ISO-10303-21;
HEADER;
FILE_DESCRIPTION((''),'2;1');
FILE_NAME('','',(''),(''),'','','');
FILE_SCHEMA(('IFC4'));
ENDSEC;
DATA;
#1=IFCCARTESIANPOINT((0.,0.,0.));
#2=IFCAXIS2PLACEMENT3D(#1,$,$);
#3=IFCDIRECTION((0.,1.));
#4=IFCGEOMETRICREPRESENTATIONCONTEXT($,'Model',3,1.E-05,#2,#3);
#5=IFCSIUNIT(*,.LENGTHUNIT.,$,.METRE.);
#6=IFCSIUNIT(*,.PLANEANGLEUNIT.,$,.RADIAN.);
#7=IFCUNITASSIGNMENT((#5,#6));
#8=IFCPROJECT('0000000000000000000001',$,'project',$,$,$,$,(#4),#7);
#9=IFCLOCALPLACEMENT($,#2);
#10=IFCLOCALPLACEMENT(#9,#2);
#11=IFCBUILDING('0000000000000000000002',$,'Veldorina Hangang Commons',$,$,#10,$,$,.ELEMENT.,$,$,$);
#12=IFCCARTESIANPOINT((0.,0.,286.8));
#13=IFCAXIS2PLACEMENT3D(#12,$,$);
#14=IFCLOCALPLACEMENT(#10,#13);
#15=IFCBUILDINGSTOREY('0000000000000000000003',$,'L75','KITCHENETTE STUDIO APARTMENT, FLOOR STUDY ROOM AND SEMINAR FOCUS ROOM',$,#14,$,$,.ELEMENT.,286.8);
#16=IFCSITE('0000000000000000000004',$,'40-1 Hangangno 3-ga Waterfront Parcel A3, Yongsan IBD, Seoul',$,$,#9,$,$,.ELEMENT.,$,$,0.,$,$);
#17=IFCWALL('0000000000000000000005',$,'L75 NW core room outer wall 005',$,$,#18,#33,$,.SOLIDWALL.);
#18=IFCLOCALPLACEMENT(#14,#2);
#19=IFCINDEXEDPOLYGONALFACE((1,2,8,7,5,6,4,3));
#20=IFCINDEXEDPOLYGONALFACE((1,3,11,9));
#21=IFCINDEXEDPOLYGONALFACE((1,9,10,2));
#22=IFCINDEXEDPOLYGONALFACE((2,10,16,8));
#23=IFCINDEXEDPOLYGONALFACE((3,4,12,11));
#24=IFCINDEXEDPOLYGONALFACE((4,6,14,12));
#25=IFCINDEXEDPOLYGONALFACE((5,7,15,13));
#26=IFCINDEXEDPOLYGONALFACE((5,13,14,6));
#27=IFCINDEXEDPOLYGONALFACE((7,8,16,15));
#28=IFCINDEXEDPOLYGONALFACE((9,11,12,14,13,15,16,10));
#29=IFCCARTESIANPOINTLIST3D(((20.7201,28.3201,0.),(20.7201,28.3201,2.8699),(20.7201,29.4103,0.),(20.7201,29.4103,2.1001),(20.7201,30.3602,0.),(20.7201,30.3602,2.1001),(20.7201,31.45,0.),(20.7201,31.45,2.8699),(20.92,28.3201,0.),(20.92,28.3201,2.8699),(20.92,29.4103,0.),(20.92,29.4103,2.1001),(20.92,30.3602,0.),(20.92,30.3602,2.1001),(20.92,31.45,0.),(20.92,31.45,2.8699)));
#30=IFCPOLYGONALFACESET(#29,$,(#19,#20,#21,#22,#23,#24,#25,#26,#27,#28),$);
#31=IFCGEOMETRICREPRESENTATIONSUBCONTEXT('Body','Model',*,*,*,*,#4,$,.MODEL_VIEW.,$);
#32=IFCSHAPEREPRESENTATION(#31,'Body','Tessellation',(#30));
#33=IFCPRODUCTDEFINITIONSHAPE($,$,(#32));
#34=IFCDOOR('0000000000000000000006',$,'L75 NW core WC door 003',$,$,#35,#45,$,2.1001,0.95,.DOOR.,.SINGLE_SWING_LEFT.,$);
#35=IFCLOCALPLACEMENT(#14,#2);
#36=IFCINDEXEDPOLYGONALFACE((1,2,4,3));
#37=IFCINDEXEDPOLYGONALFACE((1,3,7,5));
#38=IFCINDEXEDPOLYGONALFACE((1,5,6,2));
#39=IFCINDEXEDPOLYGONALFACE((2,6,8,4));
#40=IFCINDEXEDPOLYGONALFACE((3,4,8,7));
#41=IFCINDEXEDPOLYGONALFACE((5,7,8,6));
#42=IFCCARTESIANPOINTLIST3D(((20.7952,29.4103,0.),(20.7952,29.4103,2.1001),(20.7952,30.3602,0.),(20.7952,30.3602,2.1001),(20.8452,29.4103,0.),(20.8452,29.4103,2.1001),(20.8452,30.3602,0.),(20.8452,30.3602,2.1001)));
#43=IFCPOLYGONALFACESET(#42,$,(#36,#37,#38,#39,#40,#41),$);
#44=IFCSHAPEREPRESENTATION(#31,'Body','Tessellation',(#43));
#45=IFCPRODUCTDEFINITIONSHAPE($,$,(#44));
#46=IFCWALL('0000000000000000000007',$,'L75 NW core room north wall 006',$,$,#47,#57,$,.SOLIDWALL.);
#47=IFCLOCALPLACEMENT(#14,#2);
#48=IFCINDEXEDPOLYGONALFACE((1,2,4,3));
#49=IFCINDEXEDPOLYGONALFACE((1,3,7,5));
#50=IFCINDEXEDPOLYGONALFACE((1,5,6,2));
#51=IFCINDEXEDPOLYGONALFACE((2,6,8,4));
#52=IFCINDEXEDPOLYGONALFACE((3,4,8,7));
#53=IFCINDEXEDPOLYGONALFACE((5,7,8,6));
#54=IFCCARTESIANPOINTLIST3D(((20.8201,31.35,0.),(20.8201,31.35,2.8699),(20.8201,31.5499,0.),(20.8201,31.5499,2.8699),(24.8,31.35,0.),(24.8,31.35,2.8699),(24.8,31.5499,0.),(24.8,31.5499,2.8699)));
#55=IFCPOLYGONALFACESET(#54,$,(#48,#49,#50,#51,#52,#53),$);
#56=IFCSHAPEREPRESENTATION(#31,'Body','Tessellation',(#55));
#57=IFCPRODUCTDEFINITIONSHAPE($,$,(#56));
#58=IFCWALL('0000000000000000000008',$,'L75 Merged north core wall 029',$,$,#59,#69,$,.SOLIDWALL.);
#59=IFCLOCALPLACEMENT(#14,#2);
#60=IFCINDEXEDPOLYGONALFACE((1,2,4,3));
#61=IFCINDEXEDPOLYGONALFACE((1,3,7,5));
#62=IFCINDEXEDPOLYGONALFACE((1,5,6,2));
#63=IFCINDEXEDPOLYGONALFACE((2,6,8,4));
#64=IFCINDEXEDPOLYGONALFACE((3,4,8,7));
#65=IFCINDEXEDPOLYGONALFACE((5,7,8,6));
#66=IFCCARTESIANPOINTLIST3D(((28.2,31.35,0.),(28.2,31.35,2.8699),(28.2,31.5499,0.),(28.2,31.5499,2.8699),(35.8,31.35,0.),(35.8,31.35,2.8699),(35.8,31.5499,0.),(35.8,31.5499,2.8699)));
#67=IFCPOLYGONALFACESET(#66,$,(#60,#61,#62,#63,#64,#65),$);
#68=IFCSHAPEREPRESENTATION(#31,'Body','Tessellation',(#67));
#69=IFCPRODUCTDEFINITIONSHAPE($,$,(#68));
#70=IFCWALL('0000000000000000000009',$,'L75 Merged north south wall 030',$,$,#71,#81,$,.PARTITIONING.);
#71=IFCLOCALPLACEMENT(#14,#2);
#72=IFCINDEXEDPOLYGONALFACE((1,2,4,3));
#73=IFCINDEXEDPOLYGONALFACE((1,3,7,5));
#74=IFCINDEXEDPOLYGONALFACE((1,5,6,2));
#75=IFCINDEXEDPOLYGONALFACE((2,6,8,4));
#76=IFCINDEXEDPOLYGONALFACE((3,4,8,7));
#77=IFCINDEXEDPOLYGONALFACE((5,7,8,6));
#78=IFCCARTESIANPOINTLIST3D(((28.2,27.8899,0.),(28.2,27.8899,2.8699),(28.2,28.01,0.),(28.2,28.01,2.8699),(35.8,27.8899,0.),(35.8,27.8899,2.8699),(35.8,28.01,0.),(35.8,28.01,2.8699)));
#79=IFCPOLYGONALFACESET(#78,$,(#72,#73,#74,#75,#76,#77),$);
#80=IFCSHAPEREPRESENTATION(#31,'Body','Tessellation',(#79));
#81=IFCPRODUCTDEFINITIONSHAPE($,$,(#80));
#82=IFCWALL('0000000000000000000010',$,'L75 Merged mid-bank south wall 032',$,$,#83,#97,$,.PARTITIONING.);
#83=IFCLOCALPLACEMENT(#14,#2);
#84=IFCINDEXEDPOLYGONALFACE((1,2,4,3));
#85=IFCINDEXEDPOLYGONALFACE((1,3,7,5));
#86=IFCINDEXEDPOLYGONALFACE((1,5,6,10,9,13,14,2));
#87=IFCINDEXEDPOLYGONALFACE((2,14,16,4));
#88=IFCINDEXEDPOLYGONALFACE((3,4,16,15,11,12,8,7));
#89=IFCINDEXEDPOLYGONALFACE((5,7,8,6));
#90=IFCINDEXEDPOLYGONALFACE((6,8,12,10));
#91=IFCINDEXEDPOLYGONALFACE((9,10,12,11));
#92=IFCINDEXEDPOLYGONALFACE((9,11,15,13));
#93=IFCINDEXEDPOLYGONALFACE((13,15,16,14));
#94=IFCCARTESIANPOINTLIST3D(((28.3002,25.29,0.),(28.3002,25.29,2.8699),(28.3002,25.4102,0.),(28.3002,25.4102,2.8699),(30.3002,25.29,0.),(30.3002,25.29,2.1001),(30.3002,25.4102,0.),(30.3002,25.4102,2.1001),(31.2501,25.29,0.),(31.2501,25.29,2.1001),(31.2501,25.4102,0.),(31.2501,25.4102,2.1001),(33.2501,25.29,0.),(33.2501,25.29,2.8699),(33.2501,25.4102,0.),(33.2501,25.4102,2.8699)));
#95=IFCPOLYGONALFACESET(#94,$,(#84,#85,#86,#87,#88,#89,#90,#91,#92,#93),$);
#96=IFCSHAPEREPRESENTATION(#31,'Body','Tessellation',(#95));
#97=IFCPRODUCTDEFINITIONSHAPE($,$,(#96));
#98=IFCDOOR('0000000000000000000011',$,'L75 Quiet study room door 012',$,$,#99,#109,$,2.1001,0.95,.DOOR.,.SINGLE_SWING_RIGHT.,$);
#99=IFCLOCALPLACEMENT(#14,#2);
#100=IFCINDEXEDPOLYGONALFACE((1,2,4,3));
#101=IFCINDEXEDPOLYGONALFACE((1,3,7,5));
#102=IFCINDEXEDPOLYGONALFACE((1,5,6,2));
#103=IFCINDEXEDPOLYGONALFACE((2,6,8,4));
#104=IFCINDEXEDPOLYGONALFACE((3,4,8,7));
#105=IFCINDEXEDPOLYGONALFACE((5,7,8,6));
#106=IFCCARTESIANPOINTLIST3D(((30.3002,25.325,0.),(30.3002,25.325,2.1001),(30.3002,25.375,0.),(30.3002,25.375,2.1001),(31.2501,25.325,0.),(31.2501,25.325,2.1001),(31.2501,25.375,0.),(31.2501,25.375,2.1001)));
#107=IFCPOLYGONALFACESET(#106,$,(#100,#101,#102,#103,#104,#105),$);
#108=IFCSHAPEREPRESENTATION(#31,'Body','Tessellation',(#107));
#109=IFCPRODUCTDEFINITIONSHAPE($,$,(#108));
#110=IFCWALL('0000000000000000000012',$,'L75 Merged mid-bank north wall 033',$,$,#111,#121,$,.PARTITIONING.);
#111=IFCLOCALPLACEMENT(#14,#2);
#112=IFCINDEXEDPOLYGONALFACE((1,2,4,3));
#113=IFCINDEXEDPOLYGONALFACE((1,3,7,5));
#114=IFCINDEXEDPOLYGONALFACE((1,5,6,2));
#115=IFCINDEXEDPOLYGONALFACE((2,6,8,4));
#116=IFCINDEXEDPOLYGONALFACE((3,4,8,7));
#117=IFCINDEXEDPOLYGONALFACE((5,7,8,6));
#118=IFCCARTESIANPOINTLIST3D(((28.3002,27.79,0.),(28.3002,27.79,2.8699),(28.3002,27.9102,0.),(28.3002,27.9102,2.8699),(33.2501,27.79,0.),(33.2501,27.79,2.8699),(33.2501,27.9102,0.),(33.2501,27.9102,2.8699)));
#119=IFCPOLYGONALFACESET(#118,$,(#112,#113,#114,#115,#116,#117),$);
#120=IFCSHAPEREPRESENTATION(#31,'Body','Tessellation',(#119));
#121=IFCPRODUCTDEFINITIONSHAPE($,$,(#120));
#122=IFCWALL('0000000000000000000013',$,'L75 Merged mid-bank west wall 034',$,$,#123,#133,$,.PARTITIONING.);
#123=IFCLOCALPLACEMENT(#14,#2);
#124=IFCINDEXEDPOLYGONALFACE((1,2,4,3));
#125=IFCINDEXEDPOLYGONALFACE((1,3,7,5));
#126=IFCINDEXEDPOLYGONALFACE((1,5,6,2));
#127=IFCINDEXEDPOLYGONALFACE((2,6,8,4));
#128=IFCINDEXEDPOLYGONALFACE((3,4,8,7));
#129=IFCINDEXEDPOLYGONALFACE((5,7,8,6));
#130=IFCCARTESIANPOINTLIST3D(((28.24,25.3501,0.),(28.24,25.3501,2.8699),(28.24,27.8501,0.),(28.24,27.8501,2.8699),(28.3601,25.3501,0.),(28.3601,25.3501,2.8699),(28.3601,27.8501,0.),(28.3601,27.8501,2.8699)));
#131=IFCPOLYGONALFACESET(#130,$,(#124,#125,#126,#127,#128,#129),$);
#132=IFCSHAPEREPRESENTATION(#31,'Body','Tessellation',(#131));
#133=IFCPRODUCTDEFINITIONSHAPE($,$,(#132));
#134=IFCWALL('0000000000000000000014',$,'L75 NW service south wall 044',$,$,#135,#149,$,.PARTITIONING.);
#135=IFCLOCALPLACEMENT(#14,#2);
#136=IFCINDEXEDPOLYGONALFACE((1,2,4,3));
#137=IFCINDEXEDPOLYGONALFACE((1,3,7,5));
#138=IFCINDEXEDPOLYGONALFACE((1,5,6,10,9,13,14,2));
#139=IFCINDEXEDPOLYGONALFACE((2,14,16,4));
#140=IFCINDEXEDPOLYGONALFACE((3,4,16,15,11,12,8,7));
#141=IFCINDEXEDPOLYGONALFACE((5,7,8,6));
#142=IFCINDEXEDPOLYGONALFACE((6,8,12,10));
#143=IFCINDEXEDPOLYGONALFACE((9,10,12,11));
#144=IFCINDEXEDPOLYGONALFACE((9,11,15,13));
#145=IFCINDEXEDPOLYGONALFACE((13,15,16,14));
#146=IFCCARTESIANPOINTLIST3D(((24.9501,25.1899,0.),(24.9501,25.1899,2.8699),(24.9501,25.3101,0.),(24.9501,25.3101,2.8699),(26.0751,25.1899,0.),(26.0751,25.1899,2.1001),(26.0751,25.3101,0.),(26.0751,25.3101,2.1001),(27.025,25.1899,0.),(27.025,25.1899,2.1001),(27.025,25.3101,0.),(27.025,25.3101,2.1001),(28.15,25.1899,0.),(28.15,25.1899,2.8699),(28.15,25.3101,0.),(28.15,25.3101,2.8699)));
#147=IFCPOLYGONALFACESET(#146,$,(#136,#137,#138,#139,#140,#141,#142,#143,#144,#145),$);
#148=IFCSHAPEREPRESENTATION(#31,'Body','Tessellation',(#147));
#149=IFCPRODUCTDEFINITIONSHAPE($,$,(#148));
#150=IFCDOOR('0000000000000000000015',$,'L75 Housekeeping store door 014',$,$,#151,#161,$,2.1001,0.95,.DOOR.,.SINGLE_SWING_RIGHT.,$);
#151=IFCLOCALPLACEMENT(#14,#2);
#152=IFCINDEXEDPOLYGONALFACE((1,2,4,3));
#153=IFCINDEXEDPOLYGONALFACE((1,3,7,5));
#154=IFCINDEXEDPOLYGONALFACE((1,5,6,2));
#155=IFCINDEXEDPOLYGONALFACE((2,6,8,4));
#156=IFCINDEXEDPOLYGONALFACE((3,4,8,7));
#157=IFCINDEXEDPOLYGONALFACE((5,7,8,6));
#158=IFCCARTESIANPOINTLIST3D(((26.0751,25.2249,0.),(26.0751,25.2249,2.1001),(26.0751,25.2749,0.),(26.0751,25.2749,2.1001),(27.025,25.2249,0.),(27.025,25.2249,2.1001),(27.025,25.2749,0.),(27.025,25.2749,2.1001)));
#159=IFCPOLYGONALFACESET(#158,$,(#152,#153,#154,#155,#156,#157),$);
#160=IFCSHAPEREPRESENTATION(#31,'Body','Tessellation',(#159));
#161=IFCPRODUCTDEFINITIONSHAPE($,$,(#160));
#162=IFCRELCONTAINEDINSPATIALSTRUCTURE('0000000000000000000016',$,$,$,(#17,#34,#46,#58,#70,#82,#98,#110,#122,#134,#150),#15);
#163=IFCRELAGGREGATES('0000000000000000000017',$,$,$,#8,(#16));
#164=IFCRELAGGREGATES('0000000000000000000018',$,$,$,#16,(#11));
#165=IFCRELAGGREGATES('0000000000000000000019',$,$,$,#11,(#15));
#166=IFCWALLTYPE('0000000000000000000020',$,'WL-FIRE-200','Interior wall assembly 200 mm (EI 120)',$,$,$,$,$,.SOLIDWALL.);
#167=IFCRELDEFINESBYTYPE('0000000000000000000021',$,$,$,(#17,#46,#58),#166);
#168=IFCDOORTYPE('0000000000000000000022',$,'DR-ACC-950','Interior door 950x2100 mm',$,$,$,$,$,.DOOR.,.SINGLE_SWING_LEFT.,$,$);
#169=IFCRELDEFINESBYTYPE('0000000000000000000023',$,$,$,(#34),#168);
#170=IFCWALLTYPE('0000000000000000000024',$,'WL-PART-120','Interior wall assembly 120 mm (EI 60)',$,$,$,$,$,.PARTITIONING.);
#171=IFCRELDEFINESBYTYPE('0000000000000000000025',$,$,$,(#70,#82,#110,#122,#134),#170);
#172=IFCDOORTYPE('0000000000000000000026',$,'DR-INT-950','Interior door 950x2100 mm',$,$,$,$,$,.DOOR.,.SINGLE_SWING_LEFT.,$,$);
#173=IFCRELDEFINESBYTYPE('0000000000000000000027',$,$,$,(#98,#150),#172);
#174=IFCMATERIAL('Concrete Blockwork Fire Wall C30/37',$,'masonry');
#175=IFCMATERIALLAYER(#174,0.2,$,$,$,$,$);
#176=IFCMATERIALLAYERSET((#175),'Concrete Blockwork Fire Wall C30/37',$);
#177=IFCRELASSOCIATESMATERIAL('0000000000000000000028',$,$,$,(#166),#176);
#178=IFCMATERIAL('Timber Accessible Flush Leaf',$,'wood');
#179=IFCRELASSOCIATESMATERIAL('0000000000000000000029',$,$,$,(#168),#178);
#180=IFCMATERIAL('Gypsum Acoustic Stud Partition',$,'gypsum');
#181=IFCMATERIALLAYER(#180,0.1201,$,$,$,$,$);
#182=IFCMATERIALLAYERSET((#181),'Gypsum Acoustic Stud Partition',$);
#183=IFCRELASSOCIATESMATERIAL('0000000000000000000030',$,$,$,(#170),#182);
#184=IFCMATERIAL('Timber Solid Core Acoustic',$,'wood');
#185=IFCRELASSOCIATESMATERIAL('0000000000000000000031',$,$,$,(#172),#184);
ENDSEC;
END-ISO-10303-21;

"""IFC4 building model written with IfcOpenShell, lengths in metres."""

from ifc_helpers import new_model, si_unit, direction, frame, frame_2d, origin, place, context, subcontext, project, spatial, rectangle, extrude, material, layer, layer_set, type_object, element, fill, save


model = new_model("IFC4")

# Units and contexts
model_context = context("Model", 3, precision=1e-05, world=origin(), true_north=direction((0.0, 1.0)))
body_context = subcontext(model_context, "Body", "Model", "MODEL_VIEW")
ifc_project = project(units=[si_unit("LENGTHUNIT", "METRE"), si_unit("PLANEANGLEUNIT", "RADIAN")], contexts=[model_context])

# Site, building, storey
site_placement = place(None, origin())
site = spatial("IfcSite", under=ifc_project, at=site_placement, Name="40-1 Hangangno 3-ga Waterfront Parcel A3, Yongsan IBD, Seoul", CompositionType="ELEMENT", RefElevation=0.0)
building_placement = place(site_placement, origin())
building = spatial("IfcBuilding", under=site, at=building_placement, Name="Veldorina Hangang Commons", CompositionType="ELEMENT")
storey_placement = place(building_placement, frame((0.0, 0.0, 286.8)))
storey = spatial("IfcBuildingStorey", under=building, at=storey_placement, Name="L75", Description="KITCHENETTE STUDIO APARTMENT, FLOOR STUDY ROOM AND SEMINAR FOCUS ROOM", CompositionType="ELEMENT", Elevation=286.8)

# Wall, opening, door
ifc_material_1 = material(Name="Concrete Blockwork Fire Wall C30/37", Category="masonry")
ifc_layer_1 = layer(ifc_material_1, 0.2)
ifc_layer_set_1 = layer_set([ifc_layer_1], Name="Concrete Blockwork Fire Wall C30/37")
wall_type_1 = type_object("IfcWallType", Name="WL-FIRE-200", Description="Interior wall assembly 200 mm (EI 120)", PredefinedType="SOLIDWALL", material=ifc_layer_set_1)
wall_1_placement = place(storey_placement, frame((20.8201, 28.3201, 0.0), z_axis=(0.0, 0.0, 1.0), x_axis=(0.0, 1.0, 0.0)))
wall_1 = element("IfcWall", 1, at=wall_1_placement, inside=storey, type_object=wall_type_1, Name="L75 NW core room outer wall 005", PredefinedType="SOLIDWALL", context=body_context, shape_type="SweptSolid", body=[
    extrude(rectangle(XDim=3.1299, YDim=0.2, at=frame_2d((1.5649, 0.0))), origin(), (0.0, 0.0, 1.0), 2.8699),
])
opening_1_placement = place(wall_1_placement, frame((1.0901, 0.0, 0.0)))
opening_1 = element("IfcOpeningElement", 2, at=opening_1_placement, cuts=wall_1, PredefinedType="OPENING", context=body_context, shape_type="SweptSolid", body=[
    extrude(rectangle(XDim=0.95, YDim=2.1001, at=frame_2d((0.4751, 1.05))), frame((0.0, 0.1099, 0.0), z_axis=(0.0, -1.0, 0.0), x_axis=(1.0, 0.0, 0.0)), (0.0, 0.0, 1.0), 0.22),
])
ifc_material_2 = material(Name="Timber Accessible Flush Leaf", Category="wood")
door_type_1 = type_object("IfcDoorType", Name="DR-ACC-950", Description="Interior door 950x2100 mm", OperationType="SINGLE_SWING_LEFT", PredefinedType="DOOR", material=ifc_material_2)
door_1_placement = place(opening_1_placement, origin())
door_1 = element("IfcDoor", 3, at=door_1_placement, inside=storey, type_object=door_type_1, Name="L75 NW core WC door 003", OperationType="SINGLE_SWING_LEFT", OverallHeight=2.1001, OverallWidth=0.95, PredefinedType="DOOR", context=body_context, shape_type="SweptSolid", body=[
    extrude(rectangle(XDim=0.95, YDim=2.1001, at=frame_2d((0.4751, 1.05))), frame((0.0, 0.0249, 0.0), z_axis=(0.0, -1.0, 0.0), x_axis=(1.0, 0.0, 0.0)), (0.0, 0.0, 1.0), 0.05),
])
fill(opening_1, door_1)

# Walls
wall_2_placement = place(storey_placement, frame((20.8201, 31.45, 0.0), z_axis=(0.0, 0.0, 1.0), x_axis=(1.0, 0.0, 0.0)))
element("IfcWall", 4, at=wall_2_placement, inside=storey, type_object=wall_type_1, Name="L75 NW core room north wall 006", PredefinedType="SOLIDWALL", context=body_context, shape_type="SweptSolid", body=[
    extrude(rectangle(XDim=3.98, YDim=0.2, at=frame_2d((1.99, 0.0))), origin(), (0.0, 0.0, 1.0), 2.8699),
])
wall_3_placement = place(storey_placement, frame((28.2, 31.45, 0.0), z_axis=(0.0, 0.0, 1.0), x_axis=(1.0, 0.0, 0.0)))
element("IfcWall", 5, at=wall_3_placement, inside=storey, type_object=wall_type_1, Name="L75 Merged north core wall 029", PredefinedType="SOLIDWALL", context=body_context, shape_type="SweptSolid", body=[
    extrude(rectangle(XDim=7.6001, YDim=0.2, at=frame_2d((3.8, 0.0))), origin(), (0.0, 0.0, 1.0), 2.8699),
])
ifc_material_3 = material(Name="Gypsum Acoustic Stud Partition", Category="gypsum")
ifc_layer_2 = layer(ifc_material_3, 0.1201)
ifc_layer_set_2 = layer_set([ifc_layer_2], Name="Gypsum Acoustic Stud Partition")
wall_type_2 = type_object("IfcWallType", Name="WL-PART-120", Description="Interior wall assembly 120 mm (EI 60)", PredefinedType="PARTITIONING", material=ifc_layer_set_2)
wall_4_placement = place(storey_placement, frame((28.2, 27.95, 0.0), z_axis=(0.0, 0.0, 1.0), x_axis=(1.0, 0.0, 0.0)))
element("IfcWall", 6, at=wall_4_placement, inside=storey, type_object=wall_type_2, Name="L75 Merged north south wall 030", PredefinedType="PARTITIONING", context=body_context, shape_type="SweptSolid", body=[
    extrude(rectangle(XDim=7.6001, YDim=0.1201, at=frame_2d((3.8, 0.0))), origin(), (0.0, 0.0, 1.0), 2.8699),
])

# Wall, opening, door
wall_5_placement = place(storey_placement, frame((28.3, 25.3501, 0.0), z_axis=(0.0, 0.0, 1.0), x_axis=(1.0, 0.0, 0.0)))
wall_5 = element("IfcWall", 7, at=wall_5_placement, inside=storey, type_object=wall_type_2, Name="L75 Merged mid-bank south wall 032", PredefinedType="PARTITIONING", context=body_context, shape_type="SweptSolid", body=[
    extrude(rectangle(XDim=4.95, YDim=0.1201, at=frame_2d((2.4751, 0.0))), origin(), (0.0, 0.0, 1.0), 2.8699),
])
opening_2_placement = place(wall_5_placement, frame((2.0, 0.0, 0.0)))
opening_2 = element("IfcOpeningElement", 8, at=opening_2_placement, cuts=wall_5, PredefinedType="OPENING", context=body_context, shape_type="SweptSolid", body=[
    extrude(rectangle(XDim=0.95, YDim=2.1001, at=frame_2d((0.4751, 1.05))), frame((0.0, 0.0701, 0.0), z_axis=(0.0, -1.0, 0.0), x_axis=(1.0, 0.0, 0.0)), (0.0, 0.0, 1.0), 0.1401),
])
ifc_material_4 = material(Name="Timber Solid Core Acoustic", Category="wood")
door_type_2 = type_object("IfcDoorType", Name="DR-INT-950", Description="Interior door 950x2100 mm", OperationType="SINGLE_SWING_LEFT", PredefinedType="DOOR", material=ifc_material_4)
door_2_placement = place(opening_2_placement, origin())
door_2 = element("IfcDoor", 9, at=door_2_placement, inside=storey, type_object=door_type_2, Name="L75 Quiet study room door 012", OperationType="SINGLE_SWING_RIGHT", OverallHeight=2.1001, OverallWidth=0.95, PredefinedType="DOOR", context=body_context, shape_type="SweptSolid", body=[
    extrude(rectangle(XDim=0.95, YDim=2.1001, at=frame_2d((0.4751, 1.05))), frame((0.0, 0.0249, 0.0), z_axis=(0.0, -1.0, 0.0), x_axis=(1.0, 0.0, 0.0)), (0.0, 0.0, 1.0), 0.05),
])
fill(opening_2, door_2)

# Walls
wall_6_placement = place(storey_placement, frame((28.3, 27.8501, 0.0), z_axis=(0.0, 0.0, 1.0), x_axis=(1.0, 0.0, 0.0)))
element("IfcWall", 10, at=wall_6_placement, inside=storey, type_object=wall_type_2, Name="L75 Merged mid-bank north wall 033", PredefinedType="PARTITIONING", context=body_context, shape_type="SweptSolid", body=[
    extrude(rectangle(XDim=4.95, YDim=0.1201, at=frame_2d((2.4751, 0.0))), origin(), (0.0, 0.0, 1.0), 2.8699),
])
wall_7_placement = place(storey_placement, frame((28.3, 25.3501, 0.0), z_axis=(0.0, 0.0, 1.0), x_axis=(0.0, 1.0, 0.0)))
element("IfcWall", 11, at=wall_7_placement, inside=storey, type_object=wall_type_2, Name="L75 Merged mid-bank west wall 034", PredefinedType="PARTITIONING", context=body_context, shape_type="SweptSolid", body=[
    extrude(rectangle(XDim=2.5, YDim=0.1201, at=frame_2d((1.25, 0.0))), origin(), (0.0, 0.0, 1.0), 2.8699),
])

# Wall, opening, door
wall_8_placement = place(storey_placement, frame((24.95, 25.25, 0.0), z_axis=(0.0, 0.0, 1.0), x_axis=(1.0, 0.0, 0.0)))
wall_8 = element("IfcWall", 12, at=wall_8_placement, inside=storey, type_object=wall_type_2, Name="L75 NW service south wall 044", PredefinedType="PARTITIONING", context=body_context, shape_type="SweptSolid", body=[
    extrude(rectangle(XDim=3.2, YDim=0.1201, at=frame_2d((1.6001, 0.0))), origin(), (0.0, 0.0, 1.0), 2.8699),
])
opening_3_placement = place(wall_8_placement, frame((1.125, 0.0, 0.0)))
opening_3 = element("IfcOpeningElement", 13, at=opening_3_placement, cuts=wall_8, PredefinedType="OPENING", context=body_context, shape_type="SweptSolid", body=[
    extrude(rectangle(XDim=0.95, YDim=2.1001, at=frame_2d((0.4751, 1.05))), frame((0.0, 0.0701, 0.0), z_axis=(0.0, -1.0, 0.0), x_axis=(1.0, 0.0, 0.0)), (0.0, 0.0, 1.0), 0.1401),
])
door_3_placement = place(opening_3_placement, origin())
door_3 = element("IfcDoor", 14, at=door_3_placement, inside=storey, type_object=door_type_2, Name="L75 Housekeeping store door 014", OperationType="SINGLE_SWING_RIGHT", OverallHeight=2.1001, OverallWidth=0.95, PredefinedType="DOOR", context=body_context, shape_type="SweptSolid", body=[
    extrude(rectangle(XDim=0.95, YDim=2.1001, at=frame_2d((0.4751, 1.05))), frame((0.0, 0.0249, 0.0), z_axis=(0.0, -1.0, 0.0), x_axis=(1.0, 0.0, 0.0)), (0.0, 0.0, 1.0), 0.05),
])
fill(opening_3, door_3)

save(model, "model.ifc")
